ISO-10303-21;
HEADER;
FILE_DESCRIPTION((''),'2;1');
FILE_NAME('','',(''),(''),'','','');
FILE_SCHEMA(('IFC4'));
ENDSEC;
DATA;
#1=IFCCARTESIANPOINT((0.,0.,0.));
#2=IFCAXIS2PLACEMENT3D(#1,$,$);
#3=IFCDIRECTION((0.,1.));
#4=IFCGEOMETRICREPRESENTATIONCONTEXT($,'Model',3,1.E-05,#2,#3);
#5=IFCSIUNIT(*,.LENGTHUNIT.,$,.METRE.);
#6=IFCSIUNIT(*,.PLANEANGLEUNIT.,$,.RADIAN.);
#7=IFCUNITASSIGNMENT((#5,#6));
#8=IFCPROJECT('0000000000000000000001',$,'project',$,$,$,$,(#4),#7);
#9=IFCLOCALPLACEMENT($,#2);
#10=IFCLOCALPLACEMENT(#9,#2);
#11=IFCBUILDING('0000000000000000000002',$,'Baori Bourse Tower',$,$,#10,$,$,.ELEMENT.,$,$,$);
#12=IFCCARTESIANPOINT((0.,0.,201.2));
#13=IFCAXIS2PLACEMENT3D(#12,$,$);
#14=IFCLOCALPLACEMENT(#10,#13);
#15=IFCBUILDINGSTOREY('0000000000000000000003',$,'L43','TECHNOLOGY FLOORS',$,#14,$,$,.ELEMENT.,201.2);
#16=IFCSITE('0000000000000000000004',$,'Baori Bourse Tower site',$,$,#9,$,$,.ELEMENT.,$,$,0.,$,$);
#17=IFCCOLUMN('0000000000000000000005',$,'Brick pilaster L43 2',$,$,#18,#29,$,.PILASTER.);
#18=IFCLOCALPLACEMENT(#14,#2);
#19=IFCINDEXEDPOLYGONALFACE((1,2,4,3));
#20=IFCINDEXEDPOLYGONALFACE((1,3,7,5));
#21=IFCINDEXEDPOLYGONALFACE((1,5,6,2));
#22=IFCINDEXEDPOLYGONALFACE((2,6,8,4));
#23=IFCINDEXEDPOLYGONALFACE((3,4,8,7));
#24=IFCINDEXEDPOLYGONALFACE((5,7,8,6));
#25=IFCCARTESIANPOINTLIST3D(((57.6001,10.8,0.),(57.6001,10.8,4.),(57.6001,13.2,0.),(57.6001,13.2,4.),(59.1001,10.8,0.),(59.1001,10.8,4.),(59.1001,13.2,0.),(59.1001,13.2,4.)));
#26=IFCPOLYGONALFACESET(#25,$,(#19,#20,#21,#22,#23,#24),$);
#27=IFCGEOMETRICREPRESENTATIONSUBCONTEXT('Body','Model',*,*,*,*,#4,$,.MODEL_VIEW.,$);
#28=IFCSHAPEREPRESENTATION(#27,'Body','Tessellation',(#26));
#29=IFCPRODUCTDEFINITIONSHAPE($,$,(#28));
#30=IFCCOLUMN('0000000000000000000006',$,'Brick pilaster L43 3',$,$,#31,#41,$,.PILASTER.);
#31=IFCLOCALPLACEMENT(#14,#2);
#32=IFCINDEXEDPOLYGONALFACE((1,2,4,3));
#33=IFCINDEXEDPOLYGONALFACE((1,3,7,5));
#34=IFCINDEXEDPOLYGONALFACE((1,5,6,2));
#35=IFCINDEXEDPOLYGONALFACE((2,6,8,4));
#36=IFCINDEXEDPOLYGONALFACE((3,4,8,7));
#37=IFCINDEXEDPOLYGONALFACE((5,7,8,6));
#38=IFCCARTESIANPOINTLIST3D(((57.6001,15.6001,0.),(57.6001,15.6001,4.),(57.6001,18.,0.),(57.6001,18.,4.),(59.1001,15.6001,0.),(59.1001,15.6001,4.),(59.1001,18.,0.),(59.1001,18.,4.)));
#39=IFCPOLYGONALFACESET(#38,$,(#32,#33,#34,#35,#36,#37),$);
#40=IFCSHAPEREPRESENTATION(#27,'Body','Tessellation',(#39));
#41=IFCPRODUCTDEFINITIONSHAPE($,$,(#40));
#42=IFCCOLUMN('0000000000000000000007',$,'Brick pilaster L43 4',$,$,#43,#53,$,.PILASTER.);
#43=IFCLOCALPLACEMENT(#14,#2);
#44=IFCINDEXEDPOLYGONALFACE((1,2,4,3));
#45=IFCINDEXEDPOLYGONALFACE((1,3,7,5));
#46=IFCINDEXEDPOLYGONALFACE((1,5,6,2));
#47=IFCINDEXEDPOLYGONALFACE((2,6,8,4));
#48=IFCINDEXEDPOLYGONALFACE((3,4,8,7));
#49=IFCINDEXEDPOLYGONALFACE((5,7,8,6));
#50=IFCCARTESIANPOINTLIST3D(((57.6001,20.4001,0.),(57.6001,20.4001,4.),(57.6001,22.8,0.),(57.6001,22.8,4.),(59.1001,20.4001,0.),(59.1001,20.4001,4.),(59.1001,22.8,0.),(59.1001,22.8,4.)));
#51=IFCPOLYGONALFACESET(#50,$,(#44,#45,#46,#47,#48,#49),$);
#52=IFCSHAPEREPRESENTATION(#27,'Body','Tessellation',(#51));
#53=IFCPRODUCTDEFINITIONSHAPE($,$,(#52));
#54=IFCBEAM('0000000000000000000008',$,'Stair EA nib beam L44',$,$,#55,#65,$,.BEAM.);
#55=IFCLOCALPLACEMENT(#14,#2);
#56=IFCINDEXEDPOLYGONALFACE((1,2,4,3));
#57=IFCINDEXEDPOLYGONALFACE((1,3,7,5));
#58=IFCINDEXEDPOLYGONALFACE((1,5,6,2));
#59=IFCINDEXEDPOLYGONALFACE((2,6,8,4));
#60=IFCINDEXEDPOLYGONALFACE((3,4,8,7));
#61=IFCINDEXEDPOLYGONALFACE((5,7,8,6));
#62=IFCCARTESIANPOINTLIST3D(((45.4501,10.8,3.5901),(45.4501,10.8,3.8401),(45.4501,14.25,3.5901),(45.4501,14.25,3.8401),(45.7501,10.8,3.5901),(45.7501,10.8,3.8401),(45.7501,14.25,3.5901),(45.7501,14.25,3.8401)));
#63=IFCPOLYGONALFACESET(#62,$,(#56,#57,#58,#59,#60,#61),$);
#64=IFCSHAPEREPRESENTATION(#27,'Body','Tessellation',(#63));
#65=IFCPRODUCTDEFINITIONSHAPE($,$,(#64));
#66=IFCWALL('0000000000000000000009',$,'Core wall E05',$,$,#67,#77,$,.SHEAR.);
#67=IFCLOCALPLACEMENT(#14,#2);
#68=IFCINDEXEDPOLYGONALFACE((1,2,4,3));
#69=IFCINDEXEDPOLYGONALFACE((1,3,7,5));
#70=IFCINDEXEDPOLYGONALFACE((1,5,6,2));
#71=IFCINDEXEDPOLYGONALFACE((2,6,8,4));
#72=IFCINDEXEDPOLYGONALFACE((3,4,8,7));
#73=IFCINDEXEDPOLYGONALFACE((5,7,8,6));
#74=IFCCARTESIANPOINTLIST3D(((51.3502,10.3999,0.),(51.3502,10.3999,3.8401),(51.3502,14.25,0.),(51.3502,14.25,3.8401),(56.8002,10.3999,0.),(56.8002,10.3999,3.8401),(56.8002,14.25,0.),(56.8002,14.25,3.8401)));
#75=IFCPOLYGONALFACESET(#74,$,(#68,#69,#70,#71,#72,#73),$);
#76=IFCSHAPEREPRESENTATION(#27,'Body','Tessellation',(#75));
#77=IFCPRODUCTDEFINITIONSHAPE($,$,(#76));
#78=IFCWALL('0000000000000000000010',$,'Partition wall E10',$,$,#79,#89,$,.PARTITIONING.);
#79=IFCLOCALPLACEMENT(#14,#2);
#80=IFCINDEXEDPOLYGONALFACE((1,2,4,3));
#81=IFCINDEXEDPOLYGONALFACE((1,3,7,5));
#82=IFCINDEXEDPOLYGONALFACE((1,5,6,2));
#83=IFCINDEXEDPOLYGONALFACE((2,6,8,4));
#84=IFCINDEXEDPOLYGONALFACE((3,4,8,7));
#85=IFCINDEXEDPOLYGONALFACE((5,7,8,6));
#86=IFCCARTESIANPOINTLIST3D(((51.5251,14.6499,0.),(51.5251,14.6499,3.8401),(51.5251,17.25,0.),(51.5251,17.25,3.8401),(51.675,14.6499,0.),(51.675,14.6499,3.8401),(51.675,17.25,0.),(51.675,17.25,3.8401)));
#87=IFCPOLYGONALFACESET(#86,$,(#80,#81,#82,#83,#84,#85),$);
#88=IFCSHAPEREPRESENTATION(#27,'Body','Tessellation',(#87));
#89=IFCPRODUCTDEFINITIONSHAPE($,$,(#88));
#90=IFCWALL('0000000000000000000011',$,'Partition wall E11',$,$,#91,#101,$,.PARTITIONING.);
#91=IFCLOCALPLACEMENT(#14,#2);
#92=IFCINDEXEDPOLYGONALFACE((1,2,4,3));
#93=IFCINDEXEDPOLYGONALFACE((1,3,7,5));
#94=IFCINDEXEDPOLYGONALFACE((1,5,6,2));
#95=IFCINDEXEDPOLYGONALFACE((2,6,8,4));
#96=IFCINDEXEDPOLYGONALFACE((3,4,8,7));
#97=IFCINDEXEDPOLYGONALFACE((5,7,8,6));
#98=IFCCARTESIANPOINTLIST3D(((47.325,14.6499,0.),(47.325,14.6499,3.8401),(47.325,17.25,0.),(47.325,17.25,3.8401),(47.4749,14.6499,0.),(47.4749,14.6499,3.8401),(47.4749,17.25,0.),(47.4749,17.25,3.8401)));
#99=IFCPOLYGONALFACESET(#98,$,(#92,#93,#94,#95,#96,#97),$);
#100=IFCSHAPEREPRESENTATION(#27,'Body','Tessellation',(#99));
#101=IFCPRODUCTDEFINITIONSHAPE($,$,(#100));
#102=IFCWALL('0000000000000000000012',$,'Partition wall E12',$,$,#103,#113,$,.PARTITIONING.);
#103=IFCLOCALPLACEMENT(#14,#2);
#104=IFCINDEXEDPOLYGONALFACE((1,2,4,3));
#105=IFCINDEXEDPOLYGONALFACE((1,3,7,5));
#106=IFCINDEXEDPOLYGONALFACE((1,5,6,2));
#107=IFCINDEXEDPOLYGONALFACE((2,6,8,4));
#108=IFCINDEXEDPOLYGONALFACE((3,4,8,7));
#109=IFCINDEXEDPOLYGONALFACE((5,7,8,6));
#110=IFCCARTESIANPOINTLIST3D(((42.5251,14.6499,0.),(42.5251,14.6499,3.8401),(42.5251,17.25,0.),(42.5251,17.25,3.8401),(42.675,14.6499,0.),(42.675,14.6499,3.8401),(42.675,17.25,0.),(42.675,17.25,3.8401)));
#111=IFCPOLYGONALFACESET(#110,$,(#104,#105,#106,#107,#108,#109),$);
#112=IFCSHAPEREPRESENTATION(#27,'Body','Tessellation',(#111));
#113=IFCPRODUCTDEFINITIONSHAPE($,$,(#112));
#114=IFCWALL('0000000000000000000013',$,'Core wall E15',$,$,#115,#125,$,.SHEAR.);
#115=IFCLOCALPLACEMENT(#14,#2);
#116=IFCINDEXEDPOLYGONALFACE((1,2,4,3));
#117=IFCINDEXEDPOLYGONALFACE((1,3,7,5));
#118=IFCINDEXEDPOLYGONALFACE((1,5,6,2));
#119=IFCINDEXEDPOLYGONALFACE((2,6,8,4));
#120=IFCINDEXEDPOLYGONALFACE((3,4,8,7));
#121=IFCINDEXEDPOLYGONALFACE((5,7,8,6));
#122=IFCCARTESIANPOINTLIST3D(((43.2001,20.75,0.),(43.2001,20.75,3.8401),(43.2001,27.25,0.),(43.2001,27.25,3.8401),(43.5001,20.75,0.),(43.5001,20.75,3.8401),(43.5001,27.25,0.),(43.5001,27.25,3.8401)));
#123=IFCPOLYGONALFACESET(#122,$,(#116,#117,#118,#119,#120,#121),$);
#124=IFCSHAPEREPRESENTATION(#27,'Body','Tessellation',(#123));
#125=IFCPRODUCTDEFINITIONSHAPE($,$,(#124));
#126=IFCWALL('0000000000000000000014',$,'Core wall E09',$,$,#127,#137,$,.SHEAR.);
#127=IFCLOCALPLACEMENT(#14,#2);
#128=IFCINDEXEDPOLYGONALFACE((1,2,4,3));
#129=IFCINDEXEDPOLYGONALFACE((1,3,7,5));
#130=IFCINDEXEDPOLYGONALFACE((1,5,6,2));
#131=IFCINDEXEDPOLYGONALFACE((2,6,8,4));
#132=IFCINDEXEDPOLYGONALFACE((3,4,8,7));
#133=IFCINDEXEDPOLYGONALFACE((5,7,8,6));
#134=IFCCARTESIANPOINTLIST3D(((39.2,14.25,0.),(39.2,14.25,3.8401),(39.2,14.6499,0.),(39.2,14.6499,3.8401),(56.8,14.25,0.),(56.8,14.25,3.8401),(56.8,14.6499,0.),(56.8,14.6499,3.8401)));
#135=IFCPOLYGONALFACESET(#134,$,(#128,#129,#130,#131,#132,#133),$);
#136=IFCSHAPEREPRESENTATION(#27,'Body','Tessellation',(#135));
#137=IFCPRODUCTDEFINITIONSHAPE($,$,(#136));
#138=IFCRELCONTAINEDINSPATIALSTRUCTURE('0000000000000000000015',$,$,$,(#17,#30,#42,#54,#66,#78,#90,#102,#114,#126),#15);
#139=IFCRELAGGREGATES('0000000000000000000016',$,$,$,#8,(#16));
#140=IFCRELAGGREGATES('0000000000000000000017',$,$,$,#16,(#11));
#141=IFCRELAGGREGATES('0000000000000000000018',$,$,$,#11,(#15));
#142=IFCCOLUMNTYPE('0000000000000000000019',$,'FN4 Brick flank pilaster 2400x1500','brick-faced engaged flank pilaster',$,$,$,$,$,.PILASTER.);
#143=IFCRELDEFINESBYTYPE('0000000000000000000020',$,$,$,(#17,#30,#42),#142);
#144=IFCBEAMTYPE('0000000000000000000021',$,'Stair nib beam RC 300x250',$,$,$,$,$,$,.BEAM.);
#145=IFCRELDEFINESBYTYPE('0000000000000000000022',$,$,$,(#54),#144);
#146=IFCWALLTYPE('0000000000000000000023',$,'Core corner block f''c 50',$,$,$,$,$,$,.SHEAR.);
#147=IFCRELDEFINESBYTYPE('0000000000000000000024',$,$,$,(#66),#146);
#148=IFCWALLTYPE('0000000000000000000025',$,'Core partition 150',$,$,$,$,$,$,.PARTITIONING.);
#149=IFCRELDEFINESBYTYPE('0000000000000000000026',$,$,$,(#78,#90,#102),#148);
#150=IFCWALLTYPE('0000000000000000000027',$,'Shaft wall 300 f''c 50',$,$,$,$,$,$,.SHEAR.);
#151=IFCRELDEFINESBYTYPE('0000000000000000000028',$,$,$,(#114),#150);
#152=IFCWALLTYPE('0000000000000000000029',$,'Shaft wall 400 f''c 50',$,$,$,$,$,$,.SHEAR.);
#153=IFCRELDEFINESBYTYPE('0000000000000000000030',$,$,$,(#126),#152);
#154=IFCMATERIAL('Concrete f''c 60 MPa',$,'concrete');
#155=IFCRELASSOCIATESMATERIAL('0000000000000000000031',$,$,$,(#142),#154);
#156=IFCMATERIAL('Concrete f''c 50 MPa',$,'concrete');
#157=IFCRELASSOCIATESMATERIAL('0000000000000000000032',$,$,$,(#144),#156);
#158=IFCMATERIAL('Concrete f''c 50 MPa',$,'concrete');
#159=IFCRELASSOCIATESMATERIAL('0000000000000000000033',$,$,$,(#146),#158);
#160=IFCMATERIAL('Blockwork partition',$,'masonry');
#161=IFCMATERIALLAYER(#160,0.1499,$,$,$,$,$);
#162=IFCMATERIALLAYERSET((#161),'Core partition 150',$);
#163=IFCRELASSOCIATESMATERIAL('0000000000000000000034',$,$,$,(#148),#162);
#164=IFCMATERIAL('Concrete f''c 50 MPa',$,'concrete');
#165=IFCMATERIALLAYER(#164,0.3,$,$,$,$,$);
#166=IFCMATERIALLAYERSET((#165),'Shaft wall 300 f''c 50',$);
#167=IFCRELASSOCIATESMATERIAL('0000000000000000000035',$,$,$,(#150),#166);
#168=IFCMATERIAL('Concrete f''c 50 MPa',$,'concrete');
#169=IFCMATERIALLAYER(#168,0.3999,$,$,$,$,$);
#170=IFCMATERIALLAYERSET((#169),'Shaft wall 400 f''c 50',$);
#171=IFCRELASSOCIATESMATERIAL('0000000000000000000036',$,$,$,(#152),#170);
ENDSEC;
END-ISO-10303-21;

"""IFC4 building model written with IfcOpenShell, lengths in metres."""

from ifc_helpers import new_model, si_unit, direction, frame, frame_2d, origin, origin_2d, place, context, subcontext, project, spatial, rectangle, extrude, material, layer, layer_set, material_profile, profile_set, type_object, element, save


model = new_model("IFC4")

# Units and contexts
model_context = context("Model", 3, precision=1e-05, world=origin(), true_north=direction((0.0, 1.0)))
body_context = subcontext(model_context, "Body", "Model", "MODEL_VIEW")
ifc_project = project(units=[si_unit("LENGTHUNIT", "METRE"), si_unit("PLANEANGLEUNIT", "RADIAN")], contexts=[model_context])

# Site, building, storey
site_placement = place(None, origin())
site = spatial("IfcSite", under=ifc_project, at=site_placement, Name="Baori Bourse Tower site", CompositionType="ELEMENT", RefElevation=0.0)
building_placement = place(site_placement, origin())
building = spatial("IfcBuilding", under=site, at=building_placement, Name="Baori Bourse Tower", CompositionType="ELEMENT")
storey_placement = place(building_placement, frame((0.0, 0.0, 201.2)))
storey = spatial("IfcBuildingStorey", under=building, at=storey_placement, Name="L43", Description="TECHNOLOGY FLOORS", CompositionType="ELEMENT", Elevation=201.2)

# Columns
ifc_material_1 = material(Name="Concrete f'c 60 MPa", Category="concrete")
ifc_material_profile_1 = material_profile(ifc_material_1, rectangle(XDim=2.3999, YDim=1.5, at=origin_2d()), Name="RC 2400x1500")
ifc_profile_set_1 = profile_set([ifc_material_profile_1], Name="Concrete f'c 60 MPa")
column_type = type_object("IfcColumnType", Name="FN4 Brick flank pilaster 2400x1500", Description="brick-faced engaged flank pilaster", PredefinedType="PILASTER", material=ifc_profile_set_1)
for number, where, z_axis, x_axis, name in (
    (1, (58.3501, 12.0, 0.0), (0.0, 0.0, 1.0), (0.0, 1.0, 0.0), "Brick pilaster L43 2"),
    (2, (58.3501, 16.8, 0.0), (0.0, 0.0, 1.0), (0.0, 1.0, 0.0), "Brick pilaster L43 3"),
    (3, (58.3501, 21.6001, 0.0), (0.0, 0.0, 1.0), (0.0, 1.0, 0.0), "Brick pilaster L43 4"),
):
    element("IfcColumn", number, at=place(storey_placement, frame(where, z_axis=z_axis, x_axis=x_axis)), inside=storey, type_object=column_type, Name=name, PredefinedType="PILASTER", context=body_context, shape_type="SweptSolid", body=[
        extrude(rectangle(XDim=2.3999, YDim=1.5, at=origin_2d()), origin(), (0.0, 0.0, 1.0), 4.0),
    ])

# Beam
ifc_material_2 = material(Name="Concrete f'c 50 MPa", Category="concrete")
ifc_material_profile_2 = material_profile(ifc_material_2, rectangle(XDim=0.3, YDim=0.25, at=origin_2d()), Name="RC 300x250")
ifc_profile_set_2 = profile_set([ifc_material_profile_2], Name="Concrete f'c 50 MPa")
beam_type = type_object("IfcBeamType", Name="Stair nib beam RC 300x250", PredefinedType="BEAM", material=ifc_profile_set_2)
beam_placement = place(storey_placement, frame((45.6001, 10.8, 3.7151), z_axis=(0.0, 1.0, 0.0), x_axis=(-1.0, 0.0, 0.0)))
element("IfcBeam", 4, at=beam_placement, inside=storey, type_object=beam_type, Name="Stair EA nib beam L44", PredefinedType="BEAM", context=body_context, shape_type="SweptSolid", body=[
    extrude(rectangle(XDim=0.3, YDim=0.25, at=origin_2d()), origin(), (0.0, 0.0, 1.0), 3.45),
])

# Walls
ifc_material_3 = material(Name="Concrete f'c 50 MPa", Category="concrete")
wall_type_1 = type_object("IfcWallType", Name="Core corner block f'c 50", PredefinedType="SHEAR", material=ifc_material_3)
wall_1_placement = place(storey_placement, frame((51.3501, 12.325, 0.0), z_axis=(0.0, 0.0, 1.0), x_axis=(1.0, 0.0, 0.0)))
element("IfcWall", 5, at=wall_1_placement, inside=storey, type_object=wall_type_1, Name="Core wall E05", PredefinedType="SHEAR", context=body_context, shape_type="SweptSolid", body=[
    extrude(rectangle(XDim=5.45, YDim=3.8501, at=frame_2d((2.7251, 0.0))), origin(), (0.0, 0.0, 1.0), 3.8401),
])
ifc_material_4 = material(Name="Blockwork partition", Category="masonry")
ifc_layer_1 = layer(ifc_material_4, 0.1499)
ifc_layer_set_1 = layer_set([ifc_layer_1], Name="Core partition 150")
wall_type_2 = type_object("IfcWallType", Name="Core partition 150", PredefinedType="PARTITIONING", material=ifc_layer_set_1)
for number, where, z_axis, x_axis, name in (
    (6, (51.6001, 14.6499, 0.0), (0.0, 0.0, 1.0), (0.0, 1.0, 0.0), "Partition wall E10"),
    (7, (47.3999, 14.6499, 0.0), (0.0, 0.0, 1.0), (0.0, 1.0, 0.0), "Partition wall E11"),
    (8, (42.6001, 14.6499, 0.0), (0.0, 0.0, 1.0), (0.0, 1.0, 0.0), "Partition wall E12"),
):
    element("IfcWall", number, at=place(storey_placement, frame(where, z_axis=z_axis, x_axis=x_axis)), inside=storey, type_object=wall_type_2, Name=name, PredefinedType="PARTITIONING", context=body_context, shape_type="SweptSolid", body=[
        extrude(rectangle(XDim=2.6001, YDim=0.1499, at=frame_2d((1.3, 0.0))), origin(), (0.0, 0.0, 1.0), 3.8401),
    ])
ifc_material_5 = material(Name="Concrete f'c 50 MPa", Category="concrete")
ifc_layer_2 = layer(ifc_material_5, 0.3)
ifc_layer_set_2 = layer_set([ifc_layer_2], Name="Shaft wall 300 f'c 50")
wall_type_3 = type_object("IfcWallType", Name="Shaft wall 300 f'c 50", PredefinedType="SHEAR", material=ifc_layer_set_2)
wall_2_placement = place(storey_placement, frame((43.3501, 20.75, 0.0), z_axis=(0.0, 0.0, 1.0), x_axis=(0.0, 1.0, 0.0)))
element("IfcWall", 9, at=wall_2_placement, inside=storey, type_object=wall_type_3, Name="Core wall E15", PredefinedType="SHEAR", context=body_context, shape_type="SweptSolid", body=[
    extrude(rectangle(XDim=6.5, YDim=0.3, at=frame_2d((3.25, 0.0))), origin(), (0.0, 0.0, 1.0), 3.8401),
])
ifc_material_6 = material(Name="Concrete f'c 50 MPa", Category="concrete")
ifc_layer_3 = layer(ifc_material_6, 0.3999)
ifc_layer_set_3 = layer_set([ifc_layer_3], Name="Shaft wall 400 f'c 50")
wall_type_4 = type_object("IfcWallType", Name="Shaft wall 400 f'c 50", PredefinedType="SHEAR", material=ifc_layer_set_3)
wall_3_placement = place(storey_placement, frame((39.2, 14.45, 0.0), z_axis=(0.0, 0.0, 1.0), x_axis=(1.0, 0.0, 0.0)))
element("IfcWall", 10, at=wall_3_placement, inside=storey, type_object=wall_type_4, Name="Core wall E09", PredefinedType="SHEAR", context=body_context, shape_type="SweptSolid", body=[
    extrude(rectangle(XDim=17.6001, YDim=0.3999, at=frame_2d((8.8, 0.0))), origin(), (0.0, 0.0, 1.0), 3.8401),
])

save(model, "model.ifc")
